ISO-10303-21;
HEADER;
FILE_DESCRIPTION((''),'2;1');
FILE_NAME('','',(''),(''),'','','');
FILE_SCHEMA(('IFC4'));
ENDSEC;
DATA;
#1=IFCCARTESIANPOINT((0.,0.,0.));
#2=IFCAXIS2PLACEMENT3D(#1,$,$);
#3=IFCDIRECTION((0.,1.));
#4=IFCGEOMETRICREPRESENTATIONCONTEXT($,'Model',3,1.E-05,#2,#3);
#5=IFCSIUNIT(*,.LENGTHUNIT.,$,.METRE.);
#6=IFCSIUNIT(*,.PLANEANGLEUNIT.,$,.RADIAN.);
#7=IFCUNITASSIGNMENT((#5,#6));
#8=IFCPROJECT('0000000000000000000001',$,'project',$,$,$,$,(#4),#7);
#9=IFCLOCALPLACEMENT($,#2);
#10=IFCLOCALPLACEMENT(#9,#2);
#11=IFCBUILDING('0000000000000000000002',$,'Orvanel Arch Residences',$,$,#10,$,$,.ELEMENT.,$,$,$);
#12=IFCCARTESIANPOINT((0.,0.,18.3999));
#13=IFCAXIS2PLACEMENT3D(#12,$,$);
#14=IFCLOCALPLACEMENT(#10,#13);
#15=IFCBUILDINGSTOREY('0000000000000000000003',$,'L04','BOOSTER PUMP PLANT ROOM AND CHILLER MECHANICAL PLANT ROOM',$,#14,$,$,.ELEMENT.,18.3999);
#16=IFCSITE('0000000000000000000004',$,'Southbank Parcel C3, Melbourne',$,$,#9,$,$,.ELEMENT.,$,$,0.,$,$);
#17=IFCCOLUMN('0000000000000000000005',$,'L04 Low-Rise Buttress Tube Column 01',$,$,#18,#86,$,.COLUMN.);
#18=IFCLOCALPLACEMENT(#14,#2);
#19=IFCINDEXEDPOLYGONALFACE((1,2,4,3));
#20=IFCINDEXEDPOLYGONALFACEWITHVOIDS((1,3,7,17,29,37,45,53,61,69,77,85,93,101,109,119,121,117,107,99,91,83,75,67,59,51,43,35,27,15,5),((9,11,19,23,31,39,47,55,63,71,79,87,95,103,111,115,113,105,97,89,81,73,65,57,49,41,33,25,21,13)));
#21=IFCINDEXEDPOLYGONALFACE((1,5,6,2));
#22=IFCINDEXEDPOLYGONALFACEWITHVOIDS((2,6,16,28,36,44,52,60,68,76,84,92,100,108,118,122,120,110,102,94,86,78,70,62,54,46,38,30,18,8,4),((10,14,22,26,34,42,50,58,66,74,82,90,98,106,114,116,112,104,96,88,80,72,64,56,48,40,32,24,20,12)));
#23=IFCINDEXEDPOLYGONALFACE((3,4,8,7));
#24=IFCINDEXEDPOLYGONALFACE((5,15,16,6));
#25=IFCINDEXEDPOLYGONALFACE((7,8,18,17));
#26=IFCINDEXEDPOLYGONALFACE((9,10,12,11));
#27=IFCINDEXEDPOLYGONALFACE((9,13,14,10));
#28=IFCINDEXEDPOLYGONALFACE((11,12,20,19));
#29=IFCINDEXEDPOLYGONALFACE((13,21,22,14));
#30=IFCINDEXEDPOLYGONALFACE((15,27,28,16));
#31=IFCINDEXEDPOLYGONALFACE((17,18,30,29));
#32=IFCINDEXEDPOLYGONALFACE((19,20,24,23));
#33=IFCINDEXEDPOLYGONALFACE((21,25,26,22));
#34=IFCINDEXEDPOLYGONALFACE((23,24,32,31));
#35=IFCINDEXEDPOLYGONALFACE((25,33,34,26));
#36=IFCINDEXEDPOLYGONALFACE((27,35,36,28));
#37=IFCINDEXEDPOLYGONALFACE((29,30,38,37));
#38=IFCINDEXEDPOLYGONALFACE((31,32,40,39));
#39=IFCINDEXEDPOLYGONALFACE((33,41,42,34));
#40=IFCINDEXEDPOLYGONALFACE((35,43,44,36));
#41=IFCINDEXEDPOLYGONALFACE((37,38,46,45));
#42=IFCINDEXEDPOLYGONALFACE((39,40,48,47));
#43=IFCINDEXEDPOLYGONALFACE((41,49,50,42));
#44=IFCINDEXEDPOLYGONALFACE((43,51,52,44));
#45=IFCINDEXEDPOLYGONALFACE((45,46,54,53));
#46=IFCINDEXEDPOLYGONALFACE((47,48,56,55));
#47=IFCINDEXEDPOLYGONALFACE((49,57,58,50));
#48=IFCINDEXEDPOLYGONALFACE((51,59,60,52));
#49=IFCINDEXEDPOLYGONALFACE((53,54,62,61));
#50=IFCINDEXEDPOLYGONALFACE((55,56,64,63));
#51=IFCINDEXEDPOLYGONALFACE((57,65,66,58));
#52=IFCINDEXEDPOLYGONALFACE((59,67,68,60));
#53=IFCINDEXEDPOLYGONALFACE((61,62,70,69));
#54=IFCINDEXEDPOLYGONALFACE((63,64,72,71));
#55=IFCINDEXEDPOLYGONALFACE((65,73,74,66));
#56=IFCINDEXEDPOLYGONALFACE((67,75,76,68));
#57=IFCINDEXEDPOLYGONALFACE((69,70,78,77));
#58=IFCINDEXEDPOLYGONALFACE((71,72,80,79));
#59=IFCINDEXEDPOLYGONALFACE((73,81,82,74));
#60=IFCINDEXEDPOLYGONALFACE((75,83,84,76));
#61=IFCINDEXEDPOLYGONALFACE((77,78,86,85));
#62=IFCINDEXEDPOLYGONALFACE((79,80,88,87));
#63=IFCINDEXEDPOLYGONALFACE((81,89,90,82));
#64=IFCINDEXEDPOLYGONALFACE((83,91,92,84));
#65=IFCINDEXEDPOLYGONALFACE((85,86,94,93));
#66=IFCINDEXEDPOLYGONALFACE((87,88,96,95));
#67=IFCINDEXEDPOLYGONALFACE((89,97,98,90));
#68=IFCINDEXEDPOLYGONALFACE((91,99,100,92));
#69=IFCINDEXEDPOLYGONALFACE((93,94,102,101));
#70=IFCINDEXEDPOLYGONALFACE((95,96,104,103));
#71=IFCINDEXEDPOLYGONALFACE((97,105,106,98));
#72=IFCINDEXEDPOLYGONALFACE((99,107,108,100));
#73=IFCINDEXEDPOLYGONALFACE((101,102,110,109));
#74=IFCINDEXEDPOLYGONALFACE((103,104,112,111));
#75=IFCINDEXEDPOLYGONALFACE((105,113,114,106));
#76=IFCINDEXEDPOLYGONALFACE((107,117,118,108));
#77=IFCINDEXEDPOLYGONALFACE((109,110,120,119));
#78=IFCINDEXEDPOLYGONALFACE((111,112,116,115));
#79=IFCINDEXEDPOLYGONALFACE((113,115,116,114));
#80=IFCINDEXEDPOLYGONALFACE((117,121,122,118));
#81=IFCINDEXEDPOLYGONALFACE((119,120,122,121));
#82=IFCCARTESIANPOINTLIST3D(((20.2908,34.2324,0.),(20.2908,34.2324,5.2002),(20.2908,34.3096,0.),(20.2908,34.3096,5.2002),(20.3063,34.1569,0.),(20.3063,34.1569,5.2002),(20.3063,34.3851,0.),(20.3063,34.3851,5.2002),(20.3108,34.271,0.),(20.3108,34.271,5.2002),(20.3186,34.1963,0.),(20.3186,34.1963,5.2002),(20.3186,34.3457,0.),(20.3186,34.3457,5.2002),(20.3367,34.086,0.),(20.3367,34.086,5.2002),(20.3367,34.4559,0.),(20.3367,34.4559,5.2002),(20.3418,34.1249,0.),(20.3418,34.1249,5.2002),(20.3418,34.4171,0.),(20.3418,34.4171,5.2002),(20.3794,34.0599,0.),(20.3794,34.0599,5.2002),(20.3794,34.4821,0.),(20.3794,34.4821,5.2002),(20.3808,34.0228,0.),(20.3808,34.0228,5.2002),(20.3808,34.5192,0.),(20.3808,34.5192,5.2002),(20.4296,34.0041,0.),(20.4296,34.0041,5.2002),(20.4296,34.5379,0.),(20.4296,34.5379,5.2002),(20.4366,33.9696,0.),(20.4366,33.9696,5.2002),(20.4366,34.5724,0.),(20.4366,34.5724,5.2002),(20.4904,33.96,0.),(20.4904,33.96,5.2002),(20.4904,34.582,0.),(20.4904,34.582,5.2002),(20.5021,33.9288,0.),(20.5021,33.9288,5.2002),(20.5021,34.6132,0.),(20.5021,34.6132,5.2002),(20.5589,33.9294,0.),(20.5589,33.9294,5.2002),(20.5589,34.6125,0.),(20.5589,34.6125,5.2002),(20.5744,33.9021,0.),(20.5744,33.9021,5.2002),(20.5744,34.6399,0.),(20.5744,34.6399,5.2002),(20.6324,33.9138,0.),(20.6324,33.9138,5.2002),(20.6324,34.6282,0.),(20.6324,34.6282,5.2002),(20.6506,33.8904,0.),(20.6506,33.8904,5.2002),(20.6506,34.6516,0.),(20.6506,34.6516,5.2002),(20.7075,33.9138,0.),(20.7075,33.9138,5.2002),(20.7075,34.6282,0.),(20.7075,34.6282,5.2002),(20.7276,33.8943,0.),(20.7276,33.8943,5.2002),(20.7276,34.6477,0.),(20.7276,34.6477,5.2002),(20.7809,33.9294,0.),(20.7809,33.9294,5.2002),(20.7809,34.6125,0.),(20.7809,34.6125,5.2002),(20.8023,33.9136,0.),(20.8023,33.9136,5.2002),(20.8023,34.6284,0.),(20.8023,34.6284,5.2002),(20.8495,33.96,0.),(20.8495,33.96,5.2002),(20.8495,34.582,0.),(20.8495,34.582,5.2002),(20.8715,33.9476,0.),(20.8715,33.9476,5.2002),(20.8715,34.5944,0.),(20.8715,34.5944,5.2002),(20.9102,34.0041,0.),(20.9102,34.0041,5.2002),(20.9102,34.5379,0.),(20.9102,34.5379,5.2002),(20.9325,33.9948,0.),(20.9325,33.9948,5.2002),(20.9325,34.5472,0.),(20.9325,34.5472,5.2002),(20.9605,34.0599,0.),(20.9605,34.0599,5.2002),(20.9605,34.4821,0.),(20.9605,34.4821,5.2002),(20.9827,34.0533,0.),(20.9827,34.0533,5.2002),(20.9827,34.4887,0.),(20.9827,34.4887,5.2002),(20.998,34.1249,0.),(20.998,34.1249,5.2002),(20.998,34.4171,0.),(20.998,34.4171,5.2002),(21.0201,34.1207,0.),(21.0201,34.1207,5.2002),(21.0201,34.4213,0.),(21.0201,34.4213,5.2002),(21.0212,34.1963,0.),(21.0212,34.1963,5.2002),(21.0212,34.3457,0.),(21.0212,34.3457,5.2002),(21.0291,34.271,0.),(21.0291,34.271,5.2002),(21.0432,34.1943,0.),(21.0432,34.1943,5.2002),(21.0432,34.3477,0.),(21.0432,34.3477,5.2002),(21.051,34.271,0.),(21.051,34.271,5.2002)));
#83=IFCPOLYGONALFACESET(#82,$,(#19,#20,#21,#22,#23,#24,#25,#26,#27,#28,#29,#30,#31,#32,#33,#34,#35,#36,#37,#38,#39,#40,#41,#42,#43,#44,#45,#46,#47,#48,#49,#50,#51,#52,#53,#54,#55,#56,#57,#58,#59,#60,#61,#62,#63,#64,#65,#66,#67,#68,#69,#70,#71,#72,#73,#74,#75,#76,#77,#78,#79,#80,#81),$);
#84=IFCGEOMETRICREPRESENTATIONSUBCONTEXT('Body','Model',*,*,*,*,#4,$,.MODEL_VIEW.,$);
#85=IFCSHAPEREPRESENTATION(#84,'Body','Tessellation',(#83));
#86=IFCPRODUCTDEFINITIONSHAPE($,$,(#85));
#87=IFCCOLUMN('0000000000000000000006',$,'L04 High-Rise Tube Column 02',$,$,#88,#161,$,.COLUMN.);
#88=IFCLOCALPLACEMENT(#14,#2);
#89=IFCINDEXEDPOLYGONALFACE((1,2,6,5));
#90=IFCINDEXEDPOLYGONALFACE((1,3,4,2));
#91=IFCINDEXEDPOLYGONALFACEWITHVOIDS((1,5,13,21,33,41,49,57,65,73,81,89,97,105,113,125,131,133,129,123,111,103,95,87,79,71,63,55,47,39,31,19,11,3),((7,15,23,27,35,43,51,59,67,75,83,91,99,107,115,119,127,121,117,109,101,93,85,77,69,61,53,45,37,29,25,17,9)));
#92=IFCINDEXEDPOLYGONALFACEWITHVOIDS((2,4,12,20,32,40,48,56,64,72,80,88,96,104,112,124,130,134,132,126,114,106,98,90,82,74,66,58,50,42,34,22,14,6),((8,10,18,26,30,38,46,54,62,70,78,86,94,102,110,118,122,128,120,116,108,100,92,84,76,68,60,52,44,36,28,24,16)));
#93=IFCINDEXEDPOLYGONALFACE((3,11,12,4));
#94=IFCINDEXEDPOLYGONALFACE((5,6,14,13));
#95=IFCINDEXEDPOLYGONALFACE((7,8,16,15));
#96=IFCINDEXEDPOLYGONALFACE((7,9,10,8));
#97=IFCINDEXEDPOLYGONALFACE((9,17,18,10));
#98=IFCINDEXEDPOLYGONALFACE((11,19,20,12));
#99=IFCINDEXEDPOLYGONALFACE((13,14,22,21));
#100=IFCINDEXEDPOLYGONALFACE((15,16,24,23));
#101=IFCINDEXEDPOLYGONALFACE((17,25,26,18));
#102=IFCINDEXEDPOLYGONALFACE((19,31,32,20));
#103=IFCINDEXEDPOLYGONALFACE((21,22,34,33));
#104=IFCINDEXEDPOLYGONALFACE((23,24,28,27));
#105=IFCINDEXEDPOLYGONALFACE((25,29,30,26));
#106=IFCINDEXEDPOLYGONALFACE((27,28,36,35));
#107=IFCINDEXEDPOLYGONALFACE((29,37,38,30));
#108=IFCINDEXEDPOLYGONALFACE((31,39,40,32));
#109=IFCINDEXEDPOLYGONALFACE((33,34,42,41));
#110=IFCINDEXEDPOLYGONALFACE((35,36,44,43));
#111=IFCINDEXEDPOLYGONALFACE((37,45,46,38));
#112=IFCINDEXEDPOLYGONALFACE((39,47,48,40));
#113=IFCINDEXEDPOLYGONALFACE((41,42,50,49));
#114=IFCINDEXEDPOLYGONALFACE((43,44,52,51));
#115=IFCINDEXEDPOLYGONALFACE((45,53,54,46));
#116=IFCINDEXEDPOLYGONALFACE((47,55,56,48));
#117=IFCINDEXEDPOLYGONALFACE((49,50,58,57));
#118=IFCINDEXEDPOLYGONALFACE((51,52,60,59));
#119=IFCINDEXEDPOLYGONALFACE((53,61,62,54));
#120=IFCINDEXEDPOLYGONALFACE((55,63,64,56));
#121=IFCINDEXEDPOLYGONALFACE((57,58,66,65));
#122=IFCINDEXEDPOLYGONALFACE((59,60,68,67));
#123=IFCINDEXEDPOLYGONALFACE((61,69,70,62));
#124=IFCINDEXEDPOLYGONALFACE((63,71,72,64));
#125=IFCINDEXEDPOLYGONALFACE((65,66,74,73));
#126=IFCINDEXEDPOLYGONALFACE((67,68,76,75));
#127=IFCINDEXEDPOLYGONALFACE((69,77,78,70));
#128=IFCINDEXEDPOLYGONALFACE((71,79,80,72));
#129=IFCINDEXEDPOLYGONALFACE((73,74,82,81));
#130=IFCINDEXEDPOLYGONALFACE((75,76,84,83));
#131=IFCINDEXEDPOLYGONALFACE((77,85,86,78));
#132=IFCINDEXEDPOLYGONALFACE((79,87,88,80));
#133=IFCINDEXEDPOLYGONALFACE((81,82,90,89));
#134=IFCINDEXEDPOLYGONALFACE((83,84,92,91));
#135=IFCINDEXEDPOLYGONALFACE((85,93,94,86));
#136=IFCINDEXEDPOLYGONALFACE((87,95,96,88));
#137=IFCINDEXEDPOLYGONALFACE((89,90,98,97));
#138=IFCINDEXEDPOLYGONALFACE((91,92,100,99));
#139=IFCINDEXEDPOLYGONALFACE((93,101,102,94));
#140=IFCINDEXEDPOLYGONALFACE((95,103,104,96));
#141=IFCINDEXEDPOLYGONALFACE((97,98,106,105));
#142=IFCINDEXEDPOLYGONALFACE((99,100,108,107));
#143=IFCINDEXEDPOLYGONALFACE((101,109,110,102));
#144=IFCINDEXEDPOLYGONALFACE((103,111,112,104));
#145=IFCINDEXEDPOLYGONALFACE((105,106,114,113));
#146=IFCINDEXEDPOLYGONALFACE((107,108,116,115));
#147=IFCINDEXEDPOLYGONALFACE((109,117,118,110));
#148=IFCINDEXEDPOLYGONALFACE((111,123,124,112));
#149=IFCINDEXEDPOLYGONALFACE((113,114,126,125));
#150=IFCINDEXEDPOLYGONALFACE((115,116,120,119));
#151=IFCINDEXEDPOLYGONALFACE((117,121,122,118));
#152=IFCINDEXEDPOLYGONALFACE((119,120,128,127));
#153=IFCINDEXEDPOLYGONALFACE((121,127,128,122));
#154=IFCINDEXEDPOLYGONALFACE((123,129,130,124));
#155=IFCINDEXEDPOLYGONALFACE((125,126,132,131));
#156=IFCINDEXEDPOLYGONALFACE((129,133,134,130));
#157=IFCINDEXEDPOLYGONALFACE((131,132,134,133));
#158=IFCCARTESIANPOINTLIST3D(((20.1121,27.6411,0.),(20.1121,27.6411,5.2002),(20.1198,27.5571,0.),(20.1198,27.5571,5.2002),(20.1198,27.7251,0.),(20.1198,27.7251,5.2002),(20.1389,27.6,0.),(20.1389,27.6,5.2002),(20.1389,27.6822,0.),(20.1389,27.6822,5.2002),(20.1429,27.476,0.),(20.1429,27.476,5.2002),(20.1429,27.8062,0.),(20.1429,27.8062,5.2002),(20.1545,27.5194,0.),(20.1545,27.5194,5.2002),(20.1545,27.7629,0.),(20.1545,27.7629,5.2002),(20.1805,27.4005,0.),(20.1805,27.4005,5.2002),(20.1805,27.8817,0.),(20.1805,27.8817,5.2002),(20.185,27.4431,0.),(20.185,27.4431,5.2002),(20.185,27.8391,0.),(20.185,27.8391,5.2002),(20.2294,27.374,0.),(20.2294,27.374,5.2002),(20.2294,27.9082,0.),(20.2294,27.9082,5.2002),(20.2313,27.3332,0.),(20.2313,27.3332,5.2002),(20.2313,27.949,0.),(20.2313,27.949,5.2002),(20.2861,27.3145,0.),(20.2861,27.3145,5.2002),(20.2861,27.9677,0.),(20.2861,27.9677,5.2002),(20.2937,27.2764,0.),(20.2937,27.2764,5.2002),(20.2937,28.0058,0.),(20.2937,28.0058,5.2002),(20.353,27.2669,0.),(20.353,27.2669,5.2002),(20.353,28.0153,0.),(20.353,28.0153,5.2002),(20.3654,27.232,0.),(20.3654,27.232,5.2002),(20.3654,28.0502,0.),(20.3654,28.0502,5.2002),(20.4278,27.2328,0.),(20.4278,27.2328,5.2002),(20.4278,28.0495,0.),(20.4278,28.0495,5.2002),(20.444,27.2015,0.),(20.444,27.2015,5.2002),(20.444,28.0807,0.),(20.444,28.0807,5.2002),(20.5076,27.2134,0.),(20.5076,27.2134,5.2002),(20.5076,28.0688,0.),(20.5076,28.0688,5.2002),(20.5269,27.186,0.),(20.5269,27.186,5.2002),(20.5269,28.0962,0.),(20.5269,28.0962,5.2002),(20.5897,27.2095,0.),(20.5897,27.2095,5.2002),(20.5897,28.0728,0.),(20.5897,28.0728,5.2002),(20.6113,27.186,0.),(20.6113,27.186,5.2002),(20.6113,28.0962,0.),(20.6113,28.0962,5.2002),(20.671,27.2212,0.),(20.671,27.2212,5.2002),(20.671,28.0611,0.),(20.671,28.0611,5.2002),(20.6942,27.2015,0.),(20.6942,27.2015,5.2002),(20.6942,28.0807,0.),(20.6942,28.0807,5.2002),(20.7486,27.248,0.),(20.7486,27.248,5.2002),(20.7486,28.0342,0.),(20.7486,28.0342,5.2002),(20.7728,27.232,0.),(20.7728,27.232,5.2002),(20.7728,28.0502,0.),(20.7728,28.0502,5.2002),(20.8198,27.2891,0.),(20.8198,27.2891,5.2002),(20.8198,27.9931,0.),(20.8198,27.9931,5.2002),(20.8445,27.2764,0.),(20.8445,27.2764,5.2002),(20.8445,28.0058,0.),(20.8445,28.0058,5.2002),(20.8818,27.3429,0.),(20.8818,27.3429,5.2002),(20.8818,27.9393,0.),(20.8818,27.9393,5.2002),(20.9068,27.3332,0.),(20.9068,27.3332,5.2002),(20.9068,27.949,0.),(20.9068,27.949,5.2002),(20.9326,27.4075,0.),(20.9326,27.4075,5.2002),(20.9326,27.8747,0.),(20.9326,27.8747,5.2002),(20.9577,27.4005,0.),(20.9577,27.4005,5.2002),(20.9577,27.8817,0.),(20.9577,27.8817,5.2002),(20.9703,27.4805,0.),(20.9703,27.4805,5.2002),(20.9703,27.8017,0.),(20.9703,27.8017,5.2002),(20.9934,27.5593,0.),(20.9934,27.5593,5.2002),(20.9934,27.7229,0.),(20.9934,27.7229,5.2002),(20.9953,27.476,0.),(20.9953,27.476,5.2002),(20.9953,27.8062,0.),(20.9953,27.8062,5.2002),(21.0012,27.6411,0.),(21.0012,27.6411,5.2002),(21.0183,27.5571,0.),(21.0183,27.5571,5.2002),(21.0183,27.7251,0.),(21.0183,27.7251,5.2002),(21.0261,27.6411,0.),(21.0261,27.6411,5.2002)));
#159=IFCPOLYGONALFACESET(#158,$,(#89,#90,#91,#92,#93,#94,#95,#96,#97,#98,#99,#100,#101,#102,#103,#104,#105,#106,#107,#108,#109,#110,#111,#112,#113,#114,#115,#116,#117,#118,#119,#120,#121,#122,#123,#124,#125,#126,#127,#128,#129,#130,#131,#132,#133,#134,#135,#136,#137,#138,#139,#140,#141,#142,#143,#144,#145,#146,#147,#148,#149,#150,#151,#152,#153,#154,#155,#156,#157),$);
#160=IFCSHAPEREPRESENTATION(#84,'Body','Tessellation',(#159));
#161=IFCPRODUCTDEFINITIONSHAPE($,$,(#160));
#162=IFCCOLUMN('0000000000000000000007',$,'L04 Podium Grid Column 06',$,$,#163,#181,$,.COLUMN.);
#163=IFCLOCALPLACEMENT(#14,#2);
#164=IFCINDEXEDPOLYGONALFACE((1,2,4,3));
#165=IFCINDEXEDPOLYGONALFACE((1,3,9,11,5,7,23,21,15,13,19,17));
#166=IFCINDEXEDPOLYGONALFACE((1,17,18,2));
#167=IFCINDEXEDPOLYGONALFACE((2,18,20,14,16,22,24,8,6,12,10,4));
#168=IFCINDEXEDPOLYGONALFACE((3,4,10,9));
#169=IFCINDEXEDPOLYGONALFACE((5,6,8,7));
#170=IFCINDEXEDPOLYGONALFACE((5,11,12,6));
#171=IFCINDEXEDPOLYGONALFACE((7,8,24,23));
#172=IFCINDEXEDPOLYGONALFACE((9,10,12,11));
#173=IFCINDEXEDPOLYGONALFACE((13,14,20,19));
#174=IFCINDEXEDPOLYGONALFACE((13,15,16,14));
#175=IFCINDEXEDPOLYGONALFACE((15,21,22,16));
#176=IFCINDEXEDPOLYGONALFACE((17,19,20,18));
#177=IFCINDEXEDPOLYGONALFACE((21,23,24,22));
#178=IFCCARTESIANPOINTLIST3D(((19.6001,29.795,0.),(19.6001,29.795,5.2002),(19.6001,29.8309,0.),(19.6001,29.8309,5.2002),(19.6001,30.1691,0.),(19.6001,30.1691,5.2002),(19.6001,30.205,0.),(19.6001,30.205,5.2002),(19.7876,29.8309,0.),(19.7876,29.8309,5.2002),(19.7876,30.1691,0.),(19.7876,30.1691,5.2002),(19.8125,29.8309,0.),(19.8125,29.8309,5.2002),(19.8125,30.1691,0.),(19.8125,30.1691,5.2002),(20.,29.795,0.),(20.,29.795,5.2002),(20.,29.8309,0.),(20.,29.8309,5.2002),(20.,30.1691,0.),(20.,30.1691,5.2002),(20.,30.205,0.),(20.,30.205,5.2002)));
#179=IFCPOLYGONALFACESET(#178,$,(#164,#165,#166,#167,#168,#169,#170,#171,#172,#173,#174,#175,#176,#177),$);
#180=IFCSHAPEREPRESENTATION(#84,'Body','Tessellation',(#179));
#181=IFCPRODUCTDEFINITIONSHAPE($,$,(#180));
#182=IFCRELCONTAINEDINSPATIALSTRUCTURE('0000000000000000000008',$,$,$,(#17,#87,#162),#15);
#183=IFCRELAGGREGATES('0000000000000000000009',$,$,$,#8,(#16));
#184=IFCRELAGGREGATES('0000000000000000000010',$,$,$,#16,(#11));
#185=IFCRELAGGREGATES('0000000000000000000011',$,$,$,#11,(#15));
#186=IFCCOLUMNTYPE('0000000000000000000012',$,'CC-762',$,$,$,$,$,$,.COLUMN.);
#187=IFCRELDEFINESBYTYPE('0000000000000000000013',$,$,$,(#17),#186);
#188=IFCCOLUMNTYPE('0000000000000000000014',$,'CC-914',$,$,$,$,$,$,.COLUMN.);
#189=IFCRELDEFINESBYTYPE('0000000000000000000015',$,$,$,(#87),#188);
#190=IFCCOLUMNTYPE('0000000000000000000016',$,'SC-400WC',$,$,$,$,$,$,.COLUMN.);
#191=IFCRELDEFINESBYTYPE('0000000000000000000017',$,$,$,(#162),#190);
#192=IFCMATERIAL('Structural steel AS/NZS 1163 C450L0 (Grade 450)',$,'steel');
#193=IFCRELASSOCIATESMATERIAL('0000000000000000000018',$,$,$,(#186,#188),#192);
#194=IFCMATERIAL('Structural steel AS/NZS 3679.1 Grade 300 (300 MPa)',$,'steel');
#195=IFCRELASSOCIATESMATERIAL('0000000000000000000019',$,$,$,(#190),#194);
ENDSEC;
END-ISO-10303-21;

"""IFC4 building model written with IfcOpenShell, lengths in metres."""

from ifc_helpers import new_model, si_unit, direction, frame, origin, origin_2d, place, context, subcontext, project, spatial, hollow_circle, i_section, extrude, material, material_profile, profile_set, type_object, element, save


model = new_model("IFC4")

# Units and contexts
model_context = context("Model", 3, precision=1e-05, world=origin(), true_north=direction((0.0, 1.0)))
body_context = subcontext(model_context, "Body", "Model", "MODEL_VIEW")
ifc_project = project(units=[si_unit("LENGTHUNIT", "METRE"), si_unit("PLANEANGLEUNIT", "RADIAN")], contexts=[model_context])

# Site, building, storey
site_placement = place(None, origin())
site = spatial("IfcSite", under=ifc_project, at=site_placement, Name="Southbank Parcel C3, Melbourne", CompositionType="ELEMENT", RefElevation=0.0)
building_placement = place(site_placement, origin())
building = spatial("IfcBuilding", under=site, at=building_placement, Name="Orvanel Arch Residences", CompositionType="ELEMENT")
storey_placement = place(building_placement, frame((0.0, 0.0, 18.3999)))
storey = spatial("IfcBuildingStorey", under=building, at=storey_placement, Name="L04", Description="BOOSTER PUMP PLANT ROOM AND CHILLER MECHANICAL PLANT ROOM", CompositionType="ELEMENT", Elevation=18.3999)

# Columns
ifc_material_1 = material(Name="Structural steel AS/NZS 1163 C450L0 (Grade 450)", Category="steel")
ifc_material_profile_1 = material_profile(ifc_material_1, hollow_circle(Radius=0.3811, WallThickness=0.022, at=origin_2d()), Name="CHS762x22")
ifc_profile_set_1 = profile_set([ifc_material_profile_1], Name="Structural steel AS/NZS 1163 C450L0 (Grade 450)")
column_type_1 = type_object("IfcColumnType", Name="CC-762", PredefinedType="COLUMN", material=ifc_profile_set_1)
column_1_placement = place(storey_placement, frame((20.6699, 34.271, 0.0), z_axis=(0.0, 0.0, 1.0), x_axis=(1.0, 0.0, 0.0)))
element("IfcColumn", 1, at=column_1_placement, inside=storey, type_object=column_type_1, Name="L04 Low-Rise Buttress Tube Column 01", PredefinedType="COLUMN", context=body_context, shape_type="SweptSolid", body=[
    extrude(hollow_circle(Radius=0.3811, WallThickness=0.022, at=origin_2d()), origin(), (0.0, 0.0, 1.0), 5.2002),
])
ifc_material_profile_2 = material_profile(ifc_material_1, hollow_circle(Radius=0.457, WallThickness=0.0249, at=origin_2d()), Name="CHS914x25")
ifc_profile_set_2 = profile_set([ifc_material_profile_2], Name="Structural steel AS/NZS 1163 C450L0 (Grade 450)")
column_type_2 = type_object("IfcColumnType", Name="CC-914", PredefinedType="COLUMN", material=ifc_profile_set_2)
column_2_placement = place(storey_placement, frame((20.5691, 27.6411, 0.0), z_axis=(0.0, 0.0, 1.0), x_axis=(1.0, 0.0, 0.0)))
element("IfcColumn", 2, at=column_2_placement, inside=storey, type_object=column_type_2, Name="L04 High-Rise Tube Column 02", PredefinedType="COLUMN", context=body_context, shape_type="SweptSolid", body=[
    extrude(hollow_circle(Radius=0.457, WallThickness=0.0249, at=origin_2d()), origin(), (0.0, 0.0, 1.0), 5.2002),
])
ifc_material_2 = material(Name="Structural steel AS/NZS 3679.1 Grade 300 (300 MPa)", Category="steel")
ifc_material_profile_3 = material_profile(ifc_material_2, i_section(OverallWidth=0.3999, OverallDepth=0.4099, WebThickness=0.0249, FlangeThickness=0.0359, at=origin_2d()), Name="400WC328")
ifc_profile_set_3 = profile_set([ifc_material_profile_3], Name="Structural steel AS/NZS 3679.1 Grade 300 (300 MPa)")
column_type_3 = type_object("IfcColumnType", Name="SC-400WC", PredefinedType="COLUMN", material=ifc_profile_set_3)
column_3_placement = place(storey_placement, frame((19.8, 30.0, 0.0), z_axis=(0.0, 0.0, 1.0), x_axis=(1.0, 0.0, 0.0)))
element("IfcColumn", 3, at=column_3_placement, inside=storey, type_object=column_type_3, Name="L04 Podium Grid Column 06", PredefinedType="COLUMN", context=body_context, shape_type="SweptSolid", body=[
    extrude(i_section(OverallWidth=0.3999, OverallDepth=0.4099, WebThickness=0.0249, FlangeThickness=0.0359, at=origin_2d()), origin(), (0.0, 0.0, 1.0), 5.2002),
])

save(model, "model.ifc")
